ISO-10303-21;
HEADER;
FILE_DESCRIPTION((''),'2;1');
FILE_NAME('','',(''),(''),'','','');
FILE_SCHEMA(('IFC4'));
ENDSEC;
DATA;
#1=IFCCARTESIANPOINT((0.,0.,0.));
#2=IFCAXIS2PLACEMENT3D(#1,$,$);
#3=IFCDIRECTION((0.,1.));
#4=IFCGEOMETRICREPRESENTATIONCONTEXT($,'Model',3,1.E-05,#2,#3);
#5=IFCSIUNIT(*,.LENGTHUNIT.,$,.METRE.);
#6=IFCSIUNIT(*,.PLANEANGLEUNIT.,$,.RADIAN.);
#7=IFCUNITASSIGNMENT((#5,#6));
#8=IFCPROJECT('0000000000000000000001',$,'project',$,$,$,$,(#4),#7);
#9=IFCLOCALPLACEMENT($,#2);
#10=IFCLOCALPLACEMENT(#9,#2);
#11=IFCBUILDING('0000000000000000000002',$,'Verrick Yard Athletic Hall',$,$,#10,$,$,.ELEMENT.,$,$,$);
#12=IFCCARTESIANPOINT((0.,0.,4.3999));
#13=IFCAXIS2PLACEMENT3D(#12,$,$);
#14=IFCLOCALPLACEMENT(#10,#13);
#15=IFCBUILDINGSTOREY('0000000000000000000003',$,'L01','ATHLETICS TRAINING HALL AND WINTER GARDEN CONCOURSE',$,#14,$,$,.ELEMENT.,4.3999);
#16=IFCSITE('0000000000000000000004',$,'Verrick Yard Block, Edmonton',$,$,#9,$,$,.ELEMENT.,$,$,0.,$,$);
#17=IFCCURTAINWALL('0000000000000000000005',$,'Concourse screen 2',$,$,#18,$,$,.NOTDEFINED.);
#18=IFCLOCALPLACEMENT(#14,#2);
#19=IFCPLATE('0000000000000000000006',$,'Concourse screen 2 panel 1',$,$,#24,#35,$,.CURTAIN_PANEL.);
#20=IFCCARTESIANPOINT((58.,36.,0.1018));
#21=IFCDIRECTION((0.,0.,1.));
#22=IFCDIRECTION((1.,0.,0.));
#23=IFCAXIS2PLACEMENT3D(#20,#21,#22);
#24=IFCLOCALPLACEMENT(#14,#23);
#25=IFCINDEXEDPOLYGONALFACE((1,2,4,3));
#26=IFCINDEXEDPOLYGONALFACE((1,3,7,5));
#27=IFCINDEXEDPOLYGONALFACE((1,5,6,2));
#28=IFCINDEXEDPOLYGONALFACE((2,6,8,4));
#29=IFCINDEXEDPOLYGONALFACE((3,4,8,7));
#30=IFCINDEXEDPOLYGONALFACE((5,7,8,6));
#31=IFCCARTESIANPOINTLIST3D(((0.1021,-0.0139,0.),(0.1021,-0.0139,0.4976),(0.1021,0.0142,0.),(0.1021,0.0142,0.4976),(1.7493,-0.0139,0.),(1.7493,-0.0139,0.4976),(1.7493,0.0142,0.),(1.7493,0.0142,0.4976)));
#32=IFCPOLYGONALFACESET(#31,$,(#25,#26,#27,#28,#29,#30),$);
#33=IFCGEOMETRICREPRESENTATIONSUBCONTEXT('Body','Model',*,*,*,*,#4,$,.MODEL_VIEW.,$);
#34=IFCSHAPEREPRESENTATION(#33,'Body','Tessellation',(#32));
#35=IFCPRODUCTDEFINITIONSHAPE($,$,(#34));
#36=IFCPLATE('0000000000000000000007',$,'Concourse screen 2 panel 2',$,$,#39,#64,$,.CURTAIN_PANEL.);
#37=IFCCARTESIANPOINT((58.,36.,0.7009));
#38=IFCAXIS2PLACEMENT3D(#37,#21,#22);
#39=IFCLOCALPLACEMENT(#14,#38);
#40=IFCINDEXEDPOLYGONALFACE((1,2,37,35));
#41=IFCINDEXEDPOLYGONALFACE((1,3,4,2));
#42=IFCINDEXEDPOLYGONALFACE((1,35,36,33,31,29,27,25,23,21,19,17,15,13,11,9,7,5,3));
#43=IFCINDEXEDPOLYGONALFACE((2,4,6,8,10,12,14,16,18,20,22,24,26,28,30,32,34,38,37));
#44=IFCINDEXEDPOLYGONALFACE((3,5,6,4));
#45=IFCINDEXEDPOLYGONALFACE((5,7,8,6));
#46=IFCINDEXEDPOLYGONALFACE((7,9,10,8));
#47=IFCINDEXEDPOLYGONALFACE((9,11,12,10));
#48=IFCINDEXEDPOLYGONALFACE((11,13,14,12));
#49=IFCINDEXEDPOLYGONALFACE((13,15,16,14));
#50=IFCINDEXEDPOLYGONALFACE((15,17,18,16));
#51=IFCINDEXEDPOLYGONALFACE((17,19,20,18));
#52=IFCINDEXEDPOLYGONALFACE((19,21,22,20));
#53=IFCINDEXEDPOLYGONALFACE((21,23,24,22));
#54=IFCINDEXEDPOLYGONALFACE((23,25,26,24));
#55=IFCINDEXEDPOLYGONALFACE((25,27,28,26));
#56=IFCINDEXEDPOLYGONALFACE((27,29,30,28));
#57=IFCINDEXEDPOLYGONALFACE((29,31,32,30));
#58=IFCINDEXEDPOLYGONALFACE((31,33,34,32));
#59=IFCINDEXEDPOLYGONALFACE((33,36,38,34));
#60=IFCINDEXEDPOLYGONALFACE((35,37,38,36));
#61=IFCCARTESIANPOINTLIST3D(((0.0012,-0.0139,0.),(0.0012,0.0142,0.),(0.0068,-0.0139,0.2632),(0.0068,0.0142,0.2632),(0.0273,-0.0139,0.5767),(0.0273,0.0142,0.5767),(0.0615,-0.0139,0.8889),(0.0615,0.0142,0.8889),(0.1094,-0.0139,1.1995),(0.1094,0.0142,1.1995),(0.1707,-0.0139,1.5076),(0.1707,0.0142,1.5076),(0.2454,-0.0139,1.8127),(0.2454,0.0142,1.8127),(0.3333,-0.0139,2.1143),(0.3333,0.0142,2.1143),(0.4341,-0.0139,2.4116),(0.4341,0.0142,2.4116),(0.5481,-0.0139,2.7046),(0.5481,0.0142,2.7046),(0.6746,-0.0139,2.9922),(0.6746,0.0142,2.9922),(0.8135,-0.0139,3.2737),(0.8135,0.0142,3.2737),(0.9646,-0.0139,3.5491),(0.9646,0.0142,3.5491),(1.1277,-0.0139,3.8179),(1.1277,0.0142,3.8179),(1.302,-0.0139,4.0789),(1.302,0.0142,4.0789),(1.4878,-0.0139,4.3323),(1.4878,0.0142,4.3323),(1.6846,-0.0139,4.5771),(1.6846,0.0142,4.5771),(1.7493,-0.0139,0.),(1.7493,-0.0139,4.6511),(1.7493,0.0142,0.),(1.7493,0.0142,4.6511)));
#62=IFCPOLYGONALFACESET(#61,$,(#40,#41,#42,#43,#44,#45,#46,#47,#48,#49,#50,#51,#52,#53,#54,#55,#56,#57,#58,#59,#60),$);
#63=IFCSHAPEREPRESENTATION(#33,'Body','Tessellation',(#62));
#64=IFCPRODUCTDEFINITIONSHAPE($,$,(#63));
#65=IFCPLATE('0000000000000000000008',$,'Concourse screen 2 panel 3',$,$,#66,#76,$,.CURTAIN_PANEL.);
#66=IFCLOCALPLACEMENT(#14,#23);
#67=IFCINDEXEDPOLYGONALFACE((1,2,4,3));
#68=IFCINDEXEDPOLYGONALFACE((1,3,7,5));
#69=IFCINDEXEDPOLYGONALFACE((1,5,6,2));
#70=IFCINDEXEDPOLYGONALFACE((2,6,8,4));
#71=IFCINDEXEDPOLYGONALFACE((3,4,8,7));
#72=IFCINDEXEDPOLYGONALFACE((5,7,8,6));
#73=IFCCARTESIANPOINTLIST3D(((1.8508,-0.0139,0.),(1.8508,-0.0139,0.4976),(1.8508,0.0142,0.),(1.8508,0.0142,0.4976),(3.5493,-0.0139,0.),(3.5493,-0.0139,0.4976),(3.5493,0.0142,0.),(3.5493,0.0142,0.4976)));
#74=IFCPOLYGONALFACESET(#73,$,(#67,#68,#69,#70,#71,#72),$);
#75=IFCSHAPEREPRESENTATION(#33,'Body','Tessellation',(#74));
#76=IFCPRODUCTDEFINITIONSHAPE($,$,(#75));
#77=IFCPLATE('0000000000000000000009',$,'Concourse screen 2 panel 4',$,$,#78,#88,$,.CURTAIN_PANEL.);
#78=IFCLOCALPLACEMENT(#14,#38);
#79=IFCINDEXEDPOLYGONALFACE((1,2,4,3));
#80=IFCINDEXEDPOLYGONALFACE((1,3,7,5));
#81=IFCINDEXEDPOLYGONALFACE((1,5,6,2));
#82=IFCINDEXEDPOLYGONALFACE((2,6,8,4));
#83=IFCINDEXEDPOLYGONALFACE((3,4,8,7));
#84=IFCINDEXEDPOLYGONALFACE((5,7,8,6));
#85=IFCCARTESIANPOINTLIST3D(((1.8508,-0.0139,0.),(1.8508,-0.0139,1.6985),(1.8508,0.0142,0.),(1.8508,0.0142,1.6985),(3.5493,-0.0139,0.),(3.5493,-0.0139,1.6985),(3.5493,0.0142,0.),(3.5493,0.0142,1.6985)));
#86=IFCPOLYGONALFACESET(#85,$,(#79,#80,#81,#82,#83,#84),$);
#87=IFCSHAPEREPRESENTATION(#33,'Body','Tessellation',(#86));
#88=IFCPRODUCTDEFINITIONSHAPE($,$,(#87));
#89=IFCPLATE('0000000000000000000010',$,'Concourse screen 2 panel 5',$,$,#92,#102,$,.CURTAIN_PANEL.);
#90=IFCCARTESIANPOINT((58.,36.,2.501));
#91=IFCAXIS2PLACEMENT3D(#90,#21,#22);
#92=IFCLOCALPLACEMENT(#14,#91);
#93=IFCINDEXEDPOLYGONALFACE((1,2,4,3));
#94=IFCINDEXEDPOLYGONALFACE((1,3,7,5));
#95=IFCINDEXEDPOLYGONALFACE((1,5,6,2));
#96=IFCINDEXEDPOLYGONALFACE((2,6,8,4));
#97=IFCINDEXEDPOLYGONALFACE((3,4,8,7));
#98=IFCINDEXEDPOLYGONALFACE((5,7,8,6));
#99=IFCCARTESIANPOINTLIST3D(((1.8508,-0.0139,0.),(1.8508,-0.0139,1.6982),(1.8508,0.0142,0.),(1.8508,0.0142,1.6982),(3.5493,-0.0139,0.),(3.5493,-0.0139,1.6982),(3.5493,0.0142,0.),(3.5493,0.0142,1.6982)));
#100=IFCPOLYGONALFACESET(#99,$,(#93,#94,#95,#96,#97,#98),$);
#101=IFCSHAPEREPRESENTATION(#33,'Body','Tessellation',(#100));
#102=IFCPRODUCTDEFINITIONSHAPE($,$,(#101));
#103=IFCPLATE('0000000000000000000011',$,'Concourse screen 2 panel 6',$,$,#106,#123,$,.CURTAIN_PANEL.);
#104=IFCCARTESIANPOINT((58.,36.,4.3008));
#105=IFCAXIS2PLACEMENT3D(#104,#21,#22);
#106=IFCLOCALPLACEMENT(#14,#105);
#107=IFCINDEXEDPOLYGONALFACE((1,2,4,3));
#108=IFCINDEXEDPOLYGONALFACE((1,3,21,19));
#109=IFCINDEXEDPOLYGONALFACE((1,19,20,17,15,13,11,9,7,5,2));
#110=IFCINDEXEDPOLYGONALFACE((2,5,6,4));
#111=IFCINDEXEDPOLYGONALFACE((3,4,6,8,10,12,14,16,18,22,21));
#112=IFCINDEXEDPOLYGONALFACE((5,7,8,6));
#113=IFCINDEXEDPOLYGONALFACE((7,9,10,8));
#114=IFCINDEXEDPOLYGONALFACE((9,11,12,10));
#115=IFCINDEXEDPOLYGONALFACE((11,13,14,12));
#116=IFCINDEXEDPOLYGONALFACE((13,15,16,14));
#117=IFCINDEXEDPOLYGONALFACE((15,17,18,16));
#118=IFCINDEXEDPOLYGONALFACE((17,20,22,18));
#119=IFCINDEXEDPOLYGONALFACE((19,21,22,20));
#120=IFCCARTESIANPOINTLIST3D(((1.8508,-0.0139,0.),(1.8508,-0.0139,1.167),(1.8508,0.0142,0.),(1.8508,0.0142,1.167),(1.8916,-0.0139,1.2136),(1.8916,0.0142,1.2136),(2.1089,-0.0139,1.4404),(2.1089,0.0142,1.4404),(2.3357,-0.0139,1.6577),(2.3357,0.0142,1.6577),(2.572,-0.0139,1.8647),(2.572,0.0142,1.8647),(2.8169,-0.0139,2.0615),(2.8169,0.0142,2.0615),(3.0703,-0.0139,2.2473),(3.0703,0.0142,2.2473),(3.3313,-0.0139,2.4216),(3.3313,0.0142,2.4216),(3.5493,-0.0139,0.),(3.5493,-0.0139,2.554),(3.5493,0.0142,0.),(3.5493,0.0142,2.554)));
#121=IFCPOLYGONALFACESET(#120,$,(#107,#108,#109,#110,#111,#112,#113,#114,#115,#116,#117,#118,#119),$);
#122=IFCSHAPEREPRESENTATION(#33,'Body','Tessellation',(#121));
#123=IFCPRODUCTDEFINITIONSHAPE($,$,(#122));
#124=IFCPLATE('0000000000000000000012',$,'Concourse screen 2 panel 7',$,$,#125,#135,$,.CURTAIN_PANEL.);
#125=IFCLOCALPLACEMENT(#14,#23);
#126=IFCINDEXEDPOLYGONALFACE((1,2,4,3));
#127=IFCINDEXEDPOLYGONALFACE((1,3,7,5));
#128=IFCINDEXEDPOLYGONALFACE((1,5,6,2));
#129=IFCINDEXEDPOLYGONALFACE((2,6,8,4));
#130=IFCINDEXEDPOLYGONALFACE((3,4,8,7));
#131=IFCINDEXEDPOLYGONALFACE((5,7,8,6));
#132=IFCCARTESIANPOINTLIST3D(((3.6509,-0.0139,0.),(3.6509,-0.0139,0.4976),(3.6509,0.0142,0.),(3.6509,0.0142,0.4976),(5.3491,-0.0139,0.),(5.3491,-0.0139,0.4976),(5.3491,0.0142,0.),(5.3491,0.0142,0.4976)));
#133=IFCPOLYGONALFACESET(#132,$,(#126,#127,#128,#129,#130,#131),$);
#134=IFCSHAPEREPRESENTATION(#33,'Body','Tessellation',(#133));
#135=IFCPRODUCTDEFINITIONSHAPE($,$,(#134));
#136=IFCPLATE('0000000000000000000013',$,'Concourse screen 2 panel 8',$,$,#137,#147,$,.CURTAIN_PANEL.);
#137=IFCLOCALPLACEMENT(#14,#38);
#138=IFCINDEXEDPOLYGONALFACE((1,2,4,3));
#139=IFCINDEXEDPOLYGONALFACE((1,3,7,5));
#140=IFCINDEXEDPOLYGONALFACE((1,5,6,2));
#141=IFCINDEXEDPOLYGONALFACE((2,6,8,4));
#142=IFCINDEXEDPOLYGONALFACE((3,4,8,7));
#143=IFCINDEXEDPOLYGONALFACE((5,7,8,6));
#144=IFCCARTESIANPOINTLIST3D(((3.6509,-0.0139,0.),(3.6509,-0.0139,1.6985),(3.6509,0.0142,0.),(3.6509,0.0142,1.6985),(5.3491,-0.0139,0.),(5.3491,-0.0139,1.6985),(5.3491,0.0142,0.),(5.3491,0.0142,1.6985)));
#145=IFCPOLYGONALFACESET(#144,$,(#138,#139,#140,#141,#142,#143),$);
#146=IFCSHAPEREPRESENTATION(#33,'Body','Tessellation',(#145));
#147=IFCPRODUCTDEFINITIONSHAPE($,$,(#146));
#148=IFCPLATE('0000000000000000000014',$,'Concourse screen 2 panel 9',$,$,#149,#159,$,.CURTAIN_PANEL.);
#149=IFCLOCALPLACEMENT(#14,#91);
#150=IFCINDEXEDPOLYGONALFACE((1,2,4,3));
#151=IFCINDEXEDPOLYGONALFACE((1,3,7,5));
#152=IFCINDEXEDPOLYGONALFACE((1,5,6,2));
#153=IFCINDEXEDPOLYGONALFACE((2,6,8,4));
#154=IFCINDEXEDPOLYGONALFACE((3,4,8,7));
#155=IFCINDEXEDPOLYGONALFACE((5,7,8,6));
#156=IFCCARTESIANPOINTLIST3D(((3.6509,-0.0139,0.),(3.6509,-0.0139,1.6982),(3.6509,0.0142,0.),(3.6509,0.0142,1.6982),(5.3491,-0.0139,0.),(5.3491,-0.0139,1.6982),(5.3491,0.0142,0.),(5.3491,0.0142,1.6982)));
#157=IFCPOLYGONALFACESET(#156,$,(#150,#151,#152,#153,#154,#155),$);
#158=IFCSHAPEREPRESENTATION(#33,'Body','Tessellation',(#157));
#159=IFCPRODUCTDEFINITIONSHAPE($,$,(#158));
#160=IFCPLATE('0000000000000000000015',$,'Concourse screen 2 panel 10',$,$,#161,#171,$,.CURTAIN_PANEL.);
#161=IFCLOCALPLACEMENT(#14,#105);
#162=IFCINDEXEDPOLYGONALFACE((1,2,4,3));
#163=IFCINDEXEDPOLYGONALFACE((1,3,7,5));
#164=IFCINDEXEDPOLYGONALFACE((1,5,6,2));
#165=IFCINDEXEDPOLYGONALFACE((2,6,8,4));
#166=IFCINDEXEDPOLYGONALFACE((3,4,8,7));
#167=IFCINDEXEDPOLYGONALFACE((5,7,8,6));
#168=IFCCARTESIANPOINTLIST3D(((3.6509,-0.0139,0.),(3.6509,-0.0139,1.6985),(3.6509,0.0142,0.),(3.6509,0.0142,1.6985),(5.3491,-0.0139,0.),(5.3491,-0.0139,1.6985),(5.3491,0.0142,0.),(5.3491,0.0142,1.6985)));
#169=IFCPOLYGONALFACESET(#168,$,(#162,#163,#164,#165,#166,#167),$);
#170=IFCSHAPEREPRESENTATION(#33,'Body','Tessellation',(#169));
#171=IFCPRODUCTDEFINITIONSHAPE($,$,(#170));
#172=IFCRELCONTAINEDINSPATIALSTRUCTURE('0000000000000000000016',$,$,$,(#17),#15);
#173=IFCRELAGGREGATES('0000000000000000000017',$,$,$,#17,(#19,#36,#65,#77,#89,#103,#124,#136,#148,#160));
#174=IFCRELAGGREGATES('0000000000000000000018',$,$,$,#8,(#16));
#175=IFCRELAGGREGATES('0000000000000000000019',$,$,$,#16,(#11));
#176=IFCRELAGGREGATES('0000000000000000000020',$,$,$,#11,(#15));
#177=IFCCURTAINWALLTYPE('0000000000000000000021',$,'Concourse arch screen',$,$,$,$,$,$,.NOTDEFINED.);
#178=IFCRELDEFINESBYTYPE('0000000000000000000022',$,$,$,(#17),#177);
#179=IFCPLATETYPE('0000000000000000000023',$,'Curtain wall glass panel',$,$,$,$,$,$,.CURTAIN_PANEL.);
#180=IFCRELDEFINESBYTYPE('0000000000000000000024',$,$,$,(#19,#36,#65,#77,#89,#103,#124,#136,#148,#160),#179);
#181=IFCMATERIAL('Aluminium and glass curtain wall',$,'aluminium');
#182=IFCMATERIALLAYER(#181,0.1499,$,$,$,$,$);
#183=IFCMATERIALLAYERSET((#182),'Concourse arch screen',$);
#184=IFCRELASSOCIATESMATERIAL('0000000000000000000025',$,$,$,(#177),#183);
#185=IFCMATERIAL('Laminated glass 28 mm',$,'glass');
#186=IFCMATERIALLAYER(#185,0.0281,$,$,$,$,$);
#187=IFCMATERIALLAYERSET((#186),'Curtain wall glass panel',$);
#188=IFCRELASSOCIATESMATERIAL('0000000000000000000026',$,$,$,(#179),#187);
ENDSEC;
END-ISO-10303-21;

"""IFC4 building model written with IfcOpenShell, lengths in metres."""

from ifc_helpers import new_model, si_unit, direction, frame, origin, place, context, subcontext, project, spatial, polyline, outline, extrude, material, layer, layer_set, type_object, element, aggregate, save


model = new_model("IFC4")

# Units and contexts
model_context = context("Model", 3, precision=1e-05, world=origin(), true_north=direction((0.0, 1.0)))
body_context = subcontext(model_context, "Body", "Model", "MODEL_VIEW")
ifc_project = project(units=[si_unit("LENGTHUNIT", "METRE"), si_unit("PLANEANGLEUNIT", "RADIAN")], contexts=[model_context])

# Site, building, storey
site_placement = place(None, origin())
site = spatial("IfcSite", under=ifc_project, at=site_placement, Name="Verrick Yard Block, Edmonton", CompositionType="ELEMENT", RefElevation=0.0)
building_placement = place(site_placement, origin())
building = spatial("IfcBuilding", under=site, at=building_placement, Name="Verrick Yard Athletic Hall", CompositionType="ELEMENT")
storey_placement = place(building_placement, frame((0.0, 0.0, 4.3999)))
storey = spatial("IfcBuildingStorey", under=building, at=storey_placement, Name="L01", Description="ATHLETICS TRAINING HALL AND WINTER GARDEN CONCOURSE", CompositionType="ELEMENT", Elevation=4.3999)

# Shared definitions
ifc_material_1 = material(Name="Aluminium and glass curtain wall", Category="aluminium")

# Curtain wall, plates
ifc_layer_1 = layer(ifc_material_1, 0.1499)
ifc_layer_set_1 = layer_set([ifc_layer_1], Name="Concourse arch screen")
curtain_wall_type_1 = type_object("IfcCurtainWallType", Name="Concourse arch screen", PredefinedType="NOTDEFINED", material=ifc_layer_set_1)
curtain_wall_1_placement = place(storey_placement, origin())
curtain_wall_1 = element("IfcCurtainWall", 1, at=curtain_wall_1_placement, inside=storey, type_object=curtain_wall_type_1, Name="Concourse screen 2", PredefinedType="NOTDEFINED")
ifc_material_2 = material(Name="Laminated glass 28 mm", Category="glass")
ifc_layer_2 = layer(ifc_material_2, 0.0281)
ifc_layer_set_2 = layer_set([ifc_layer_2], Name="Curtain wall glass panel")
plate_type = type_object("IfcPlateType", Name="Curtain wall glass panel", PredefinedType="CURTAIN_PANEL", material=ifc_layer_set_2)
plate_1_placement = place(storey_placement, frame((58.0, 36.0, 0.1018), z_axis=(0.0, 0.0, 1.0), x_axis=(1.0, 0.0, 0.0)))
plate_1 = element("IfcPlate", 2, at=plate_1_placement, type_object=plate_type, Name="Concourse screen 2 panel 1", PredefinedType="CURTAIN_PANEL", context=body_context, shape_type="SweptSolid", body=[
    extrude(outline(polyline([(1.7493, 0.0), (1.7493, 0.4976), (0.1021, 0.4976), (0.1021, 0.0), (1.7493, 0.0)])), frame((0.0, 0.0142, 0.0), z_axis=(0.0, -1.0, 0.0), x_axis=(1.0, 0.0, 0.0)), (0.0, 0.0, 1.0), 0.0281),
])
plate_2_placement = place(storey_placement, frame((58.0, 36.0, 0.7009), z_axis=(0.0, 0.0, 1.0), x_axis=(1.0, 0.0, 0.0)))
plate_2 = element("IfcPlate", 3, at=plate_2_placement, type_object=plate_type, Name="Concourse screen 2 panel 2", PredefinedType="CURTAIN_PANEL", context=body_context, shape_type="SweptSolid", body=[
    extrude(outline(polyline([(1.7493, 4.6511), (1.6846, 4.5771), (1.4878, 4.3323), (1.302, 4.0789), (1.1277, 3.8179), (0.9646, 3.5491), (0.8135, 3.2737), (0.6746, 2.9922), (0.5481, 2.7046), (0.4341, 2.4116), (0.3333, 2.1143), (0.2454, 1.8127), (0.1707, 1.5076), (0.1094, 1.1995), (0.0615, 0.8889), (0.0273, 0.5767), (0.0068, 0.2632), (0.0012, 0.0), (1.7493, 0.0), (1.7493, 4.6511)])), frame((0.0, 0.0142, 0.0), z_axis=(0.0, -1.0, 0.0), x_axis=(1.0, 0.0, 0.0)), (0.0, 0.0, 1.0), 0.0281),
])
plate_3_placement = place(storey_placement, frame((58.0, 36.0, 0.1018), z_axis=(0.0, 0.0, 1.0), x_axis=(1.0, 0.0, 0.0)))
plate_3 = element("IfcPlate", 4, at=plate_3_placement, type_object=plate_type, Name="Concourse screen 2 panel 3", PredefinedType="CURTAIN_PANEL", context=body_context, shape_type="SweptSolid", body=[
    extrude(outline(polyline([(3.5493, 0.0), (3.5493, 0.4976), (1.8508, 0.4976), (1.8508, 0.0), (3.5493, 0.0)])), frame((0.0, 0.0142, 0.0), z_axis=(0.0, -1.0, 0.0), x_axis=(1.0, 0.0, 0.0)), (0.0, 0.0, 1.0), 0.0281),
])
plate_4_placement = place(storey_placement, frame((58.0, 36.0, 0.7009), z_axis=(0.0, 0.0, 1.0), x_axis=(1.0, 0.0, 0.0)))
plate_4 = element("IfcPlate", 5, at=plate_4_placement, type_object=plate_type, Name="Concourse screen 2 panel 4", PredefinedType="CURTAIN_PANEL", context=body_context, shape_type="SweptSolid", body=[
    extrude(outline(polyline([(3.5493, 0.0), (3.5493, 1.6985), (1.8508, 1.6985), (1.8508, 0.0), (3.5493, 0.0)])), frame((0.0, 0.0142, 0.0), z_axis=(0.0, -1.0, 0.0), x_axis=(1.0, 0.0, 0.0)), (0.0, 0.0, 1.0), 0.0281),
])
plate_5_placement = place(storey_placement, frame((58.0, 36.0, 2.501), z_axis=(0.0, 0.0, 1.0), x_axis=(1.0, 0.0, 0.0)))
plate_5 = element("IfcPlate", 6, at=plate_5_placement, type_object=plate_type, Name="Concourse screen 2 panel 5", PredefinedType="CURTAIN_PANEL", context=body_context, shape_type="SweptSolid", body=[
    extrude(outline(polyline([(3.5493, 0.0), (3.5493, 1.6982), (1.8508, 1.6982), (1.8508, 0.0), (3.5493, 0.0)])), frame((0.0, 0.0142, 0.0), z_axis=(0.0, -1.0, 0.0), x_axis=(1.0, 0.0, 0.0)), (0.0, 0.0, 1.0), 0.0281),
])
plate_6_placement = place(storey_placement, frame((58.0, 36.0, 4.3008), z_axis=(0.0, 0.0, 1.0), x_axis=(1.0, 0.0, 0.0)))
plate_6 = element("IfcPlate", 7, at=plate_6_placement, type_object=plate_type, Name="Concourse screen 2 panel 6", PredefinedType="CURTAIN_PANEL", context=body_context, shape_type="SweptSolid", body=[
    extrude(outline(polyline([(3.5493, 2.554), (3.3313, 2.4216), (3.0703, 2.2473), (2.8169, 2.0615), (2.572, 1.8647), (2.3357, 1.6577), (2.1089, 1.4404), (1.8916, 1.2136), (1.8508, 1.167), (1.8508, 0.0), (3.5493, 0.0), (3.5493, 2.554)])), frame((0.0, 0.0142, 0.0), z_axis=(0.0, -1.0, 0.0), x_axis=(1.0, 0.0, 0.0)), (0.0, 0.0, 1.0), 0.0281),
])
plate_7_placement = place(storey_placement, frame((58.0, 36.0, 0.1018), z_axis=(0.0, 0.0, 1.0), x_axis=(1.0, 0.0, 0.0)))
plate_7 = element("IfcPlate", 8, at=plate_7_placement, type_object=plate_type, Name="Concourse screen 2 panel 7", PredefinedType="CURTAIN_PANEL", context=body_context, shape_type="SweptSolid", body=[
    extrude(outline(polyline([(5.3491, 0.0), (5.3491, 0.4976), (3.6509, 0.4976), (3.6509, 0.0), (5.3491, 0.0)])), frame((0.0, 0.0142, 0.0), z_axis=(0.0, -1.0, 0.0), x_axis=(1.0, 0.0, 0.0)), (0.0, 0.0, 1.0), 0.0281),
])
plate_8_placement = place(storey_placement, frame((58.0, 36.0, 0.7009), z_axis=(0.0, 0.0, 1.0), x_axis=(1.0, 0.0, 0.0)))
plate_8 = element("IfcPlate", 9, at=plate_8_placement, type_object=plate_type, Name="Concourse screen 2 panel 8", PredefinedType="CURTAIN_PANEL", context=body_context, shape_type="SweptSolid", body=[
    extrude(outline(polyline([(5.3491, 0.0), (5.3491, 1.6985), (3.6509, 1.6985), (3.6509, 0.0), (5.3491, 0.0)])), frame((0.0, 0.0142, 0.0), z_axis=(0.0, -1.0, 0.0), x_axis=(1.0, 0.0, 0.0)), (0.0, 0.0, 1.0), 0.0281),
])
plate_9_placement = place(storey_placement, frame((58.0, 36.0, 2.501), z_axis=(0.0, 0.0, 1.0), x_axis=(1.0, 0.0, 0.0)))
plate_9 = element("IfcPlate", 10, at=plate_9_placement, type_object=plate_type, Name="Concourse screen 2 panel 9", PredefinedType="CURTAIN_PANEL", context=body_context, shape_type="SweptSolid", body=[
    extrude(outline(polyline([(5.3491, 0.0), (5.3491, 1.6982), (3.6509, 1.6982), (3.6509, 0.0), (5.3491, 0.0)])), frame((0.0, 0.0142, 0.0), z_axis=(0.0, -1.0, 0.0), x_axis=(1.0, 0.0, 0.0)), (0.0, 0.0, 1.0), 0.0281),
])
plate_10_placement = place(storey_placement, frame((58.0, 36.0, 4.3008), z_axis=(0.0, 0.0, 1.0), x_axis=(1.0, 0.0, 0.0)))
plate_10 = element("IfcPlate", 11, at=plate_10_placement, type_object=plate_type, Name="Concourse screen 2 panel 10", PredefinedType="CURTAIN_PANEL", context=body_context, shape_type="SweptSolid", body=[
    extrude(outline(polyline([(5.3491, 0.0), (5.3491, 1.6985), (3.6509, 1.6985), (3.6509, 0.0), (5.3491, 0.0)])), frame((0.0, 0.0142, 0.0), z_axis=(0.0, -1.0, 0.0), x_axis=(1.0, 0.0, 0.0)), (0.0, 0.0, 1.0), 0.0281),
])
aggregate(curtain_wall_1, [plate_1, plate_2, plate_3, plate_4, plate_5, plate_6, plate_7, plate_8, plate_9, plate_10])

save(model, "model.ifc")
